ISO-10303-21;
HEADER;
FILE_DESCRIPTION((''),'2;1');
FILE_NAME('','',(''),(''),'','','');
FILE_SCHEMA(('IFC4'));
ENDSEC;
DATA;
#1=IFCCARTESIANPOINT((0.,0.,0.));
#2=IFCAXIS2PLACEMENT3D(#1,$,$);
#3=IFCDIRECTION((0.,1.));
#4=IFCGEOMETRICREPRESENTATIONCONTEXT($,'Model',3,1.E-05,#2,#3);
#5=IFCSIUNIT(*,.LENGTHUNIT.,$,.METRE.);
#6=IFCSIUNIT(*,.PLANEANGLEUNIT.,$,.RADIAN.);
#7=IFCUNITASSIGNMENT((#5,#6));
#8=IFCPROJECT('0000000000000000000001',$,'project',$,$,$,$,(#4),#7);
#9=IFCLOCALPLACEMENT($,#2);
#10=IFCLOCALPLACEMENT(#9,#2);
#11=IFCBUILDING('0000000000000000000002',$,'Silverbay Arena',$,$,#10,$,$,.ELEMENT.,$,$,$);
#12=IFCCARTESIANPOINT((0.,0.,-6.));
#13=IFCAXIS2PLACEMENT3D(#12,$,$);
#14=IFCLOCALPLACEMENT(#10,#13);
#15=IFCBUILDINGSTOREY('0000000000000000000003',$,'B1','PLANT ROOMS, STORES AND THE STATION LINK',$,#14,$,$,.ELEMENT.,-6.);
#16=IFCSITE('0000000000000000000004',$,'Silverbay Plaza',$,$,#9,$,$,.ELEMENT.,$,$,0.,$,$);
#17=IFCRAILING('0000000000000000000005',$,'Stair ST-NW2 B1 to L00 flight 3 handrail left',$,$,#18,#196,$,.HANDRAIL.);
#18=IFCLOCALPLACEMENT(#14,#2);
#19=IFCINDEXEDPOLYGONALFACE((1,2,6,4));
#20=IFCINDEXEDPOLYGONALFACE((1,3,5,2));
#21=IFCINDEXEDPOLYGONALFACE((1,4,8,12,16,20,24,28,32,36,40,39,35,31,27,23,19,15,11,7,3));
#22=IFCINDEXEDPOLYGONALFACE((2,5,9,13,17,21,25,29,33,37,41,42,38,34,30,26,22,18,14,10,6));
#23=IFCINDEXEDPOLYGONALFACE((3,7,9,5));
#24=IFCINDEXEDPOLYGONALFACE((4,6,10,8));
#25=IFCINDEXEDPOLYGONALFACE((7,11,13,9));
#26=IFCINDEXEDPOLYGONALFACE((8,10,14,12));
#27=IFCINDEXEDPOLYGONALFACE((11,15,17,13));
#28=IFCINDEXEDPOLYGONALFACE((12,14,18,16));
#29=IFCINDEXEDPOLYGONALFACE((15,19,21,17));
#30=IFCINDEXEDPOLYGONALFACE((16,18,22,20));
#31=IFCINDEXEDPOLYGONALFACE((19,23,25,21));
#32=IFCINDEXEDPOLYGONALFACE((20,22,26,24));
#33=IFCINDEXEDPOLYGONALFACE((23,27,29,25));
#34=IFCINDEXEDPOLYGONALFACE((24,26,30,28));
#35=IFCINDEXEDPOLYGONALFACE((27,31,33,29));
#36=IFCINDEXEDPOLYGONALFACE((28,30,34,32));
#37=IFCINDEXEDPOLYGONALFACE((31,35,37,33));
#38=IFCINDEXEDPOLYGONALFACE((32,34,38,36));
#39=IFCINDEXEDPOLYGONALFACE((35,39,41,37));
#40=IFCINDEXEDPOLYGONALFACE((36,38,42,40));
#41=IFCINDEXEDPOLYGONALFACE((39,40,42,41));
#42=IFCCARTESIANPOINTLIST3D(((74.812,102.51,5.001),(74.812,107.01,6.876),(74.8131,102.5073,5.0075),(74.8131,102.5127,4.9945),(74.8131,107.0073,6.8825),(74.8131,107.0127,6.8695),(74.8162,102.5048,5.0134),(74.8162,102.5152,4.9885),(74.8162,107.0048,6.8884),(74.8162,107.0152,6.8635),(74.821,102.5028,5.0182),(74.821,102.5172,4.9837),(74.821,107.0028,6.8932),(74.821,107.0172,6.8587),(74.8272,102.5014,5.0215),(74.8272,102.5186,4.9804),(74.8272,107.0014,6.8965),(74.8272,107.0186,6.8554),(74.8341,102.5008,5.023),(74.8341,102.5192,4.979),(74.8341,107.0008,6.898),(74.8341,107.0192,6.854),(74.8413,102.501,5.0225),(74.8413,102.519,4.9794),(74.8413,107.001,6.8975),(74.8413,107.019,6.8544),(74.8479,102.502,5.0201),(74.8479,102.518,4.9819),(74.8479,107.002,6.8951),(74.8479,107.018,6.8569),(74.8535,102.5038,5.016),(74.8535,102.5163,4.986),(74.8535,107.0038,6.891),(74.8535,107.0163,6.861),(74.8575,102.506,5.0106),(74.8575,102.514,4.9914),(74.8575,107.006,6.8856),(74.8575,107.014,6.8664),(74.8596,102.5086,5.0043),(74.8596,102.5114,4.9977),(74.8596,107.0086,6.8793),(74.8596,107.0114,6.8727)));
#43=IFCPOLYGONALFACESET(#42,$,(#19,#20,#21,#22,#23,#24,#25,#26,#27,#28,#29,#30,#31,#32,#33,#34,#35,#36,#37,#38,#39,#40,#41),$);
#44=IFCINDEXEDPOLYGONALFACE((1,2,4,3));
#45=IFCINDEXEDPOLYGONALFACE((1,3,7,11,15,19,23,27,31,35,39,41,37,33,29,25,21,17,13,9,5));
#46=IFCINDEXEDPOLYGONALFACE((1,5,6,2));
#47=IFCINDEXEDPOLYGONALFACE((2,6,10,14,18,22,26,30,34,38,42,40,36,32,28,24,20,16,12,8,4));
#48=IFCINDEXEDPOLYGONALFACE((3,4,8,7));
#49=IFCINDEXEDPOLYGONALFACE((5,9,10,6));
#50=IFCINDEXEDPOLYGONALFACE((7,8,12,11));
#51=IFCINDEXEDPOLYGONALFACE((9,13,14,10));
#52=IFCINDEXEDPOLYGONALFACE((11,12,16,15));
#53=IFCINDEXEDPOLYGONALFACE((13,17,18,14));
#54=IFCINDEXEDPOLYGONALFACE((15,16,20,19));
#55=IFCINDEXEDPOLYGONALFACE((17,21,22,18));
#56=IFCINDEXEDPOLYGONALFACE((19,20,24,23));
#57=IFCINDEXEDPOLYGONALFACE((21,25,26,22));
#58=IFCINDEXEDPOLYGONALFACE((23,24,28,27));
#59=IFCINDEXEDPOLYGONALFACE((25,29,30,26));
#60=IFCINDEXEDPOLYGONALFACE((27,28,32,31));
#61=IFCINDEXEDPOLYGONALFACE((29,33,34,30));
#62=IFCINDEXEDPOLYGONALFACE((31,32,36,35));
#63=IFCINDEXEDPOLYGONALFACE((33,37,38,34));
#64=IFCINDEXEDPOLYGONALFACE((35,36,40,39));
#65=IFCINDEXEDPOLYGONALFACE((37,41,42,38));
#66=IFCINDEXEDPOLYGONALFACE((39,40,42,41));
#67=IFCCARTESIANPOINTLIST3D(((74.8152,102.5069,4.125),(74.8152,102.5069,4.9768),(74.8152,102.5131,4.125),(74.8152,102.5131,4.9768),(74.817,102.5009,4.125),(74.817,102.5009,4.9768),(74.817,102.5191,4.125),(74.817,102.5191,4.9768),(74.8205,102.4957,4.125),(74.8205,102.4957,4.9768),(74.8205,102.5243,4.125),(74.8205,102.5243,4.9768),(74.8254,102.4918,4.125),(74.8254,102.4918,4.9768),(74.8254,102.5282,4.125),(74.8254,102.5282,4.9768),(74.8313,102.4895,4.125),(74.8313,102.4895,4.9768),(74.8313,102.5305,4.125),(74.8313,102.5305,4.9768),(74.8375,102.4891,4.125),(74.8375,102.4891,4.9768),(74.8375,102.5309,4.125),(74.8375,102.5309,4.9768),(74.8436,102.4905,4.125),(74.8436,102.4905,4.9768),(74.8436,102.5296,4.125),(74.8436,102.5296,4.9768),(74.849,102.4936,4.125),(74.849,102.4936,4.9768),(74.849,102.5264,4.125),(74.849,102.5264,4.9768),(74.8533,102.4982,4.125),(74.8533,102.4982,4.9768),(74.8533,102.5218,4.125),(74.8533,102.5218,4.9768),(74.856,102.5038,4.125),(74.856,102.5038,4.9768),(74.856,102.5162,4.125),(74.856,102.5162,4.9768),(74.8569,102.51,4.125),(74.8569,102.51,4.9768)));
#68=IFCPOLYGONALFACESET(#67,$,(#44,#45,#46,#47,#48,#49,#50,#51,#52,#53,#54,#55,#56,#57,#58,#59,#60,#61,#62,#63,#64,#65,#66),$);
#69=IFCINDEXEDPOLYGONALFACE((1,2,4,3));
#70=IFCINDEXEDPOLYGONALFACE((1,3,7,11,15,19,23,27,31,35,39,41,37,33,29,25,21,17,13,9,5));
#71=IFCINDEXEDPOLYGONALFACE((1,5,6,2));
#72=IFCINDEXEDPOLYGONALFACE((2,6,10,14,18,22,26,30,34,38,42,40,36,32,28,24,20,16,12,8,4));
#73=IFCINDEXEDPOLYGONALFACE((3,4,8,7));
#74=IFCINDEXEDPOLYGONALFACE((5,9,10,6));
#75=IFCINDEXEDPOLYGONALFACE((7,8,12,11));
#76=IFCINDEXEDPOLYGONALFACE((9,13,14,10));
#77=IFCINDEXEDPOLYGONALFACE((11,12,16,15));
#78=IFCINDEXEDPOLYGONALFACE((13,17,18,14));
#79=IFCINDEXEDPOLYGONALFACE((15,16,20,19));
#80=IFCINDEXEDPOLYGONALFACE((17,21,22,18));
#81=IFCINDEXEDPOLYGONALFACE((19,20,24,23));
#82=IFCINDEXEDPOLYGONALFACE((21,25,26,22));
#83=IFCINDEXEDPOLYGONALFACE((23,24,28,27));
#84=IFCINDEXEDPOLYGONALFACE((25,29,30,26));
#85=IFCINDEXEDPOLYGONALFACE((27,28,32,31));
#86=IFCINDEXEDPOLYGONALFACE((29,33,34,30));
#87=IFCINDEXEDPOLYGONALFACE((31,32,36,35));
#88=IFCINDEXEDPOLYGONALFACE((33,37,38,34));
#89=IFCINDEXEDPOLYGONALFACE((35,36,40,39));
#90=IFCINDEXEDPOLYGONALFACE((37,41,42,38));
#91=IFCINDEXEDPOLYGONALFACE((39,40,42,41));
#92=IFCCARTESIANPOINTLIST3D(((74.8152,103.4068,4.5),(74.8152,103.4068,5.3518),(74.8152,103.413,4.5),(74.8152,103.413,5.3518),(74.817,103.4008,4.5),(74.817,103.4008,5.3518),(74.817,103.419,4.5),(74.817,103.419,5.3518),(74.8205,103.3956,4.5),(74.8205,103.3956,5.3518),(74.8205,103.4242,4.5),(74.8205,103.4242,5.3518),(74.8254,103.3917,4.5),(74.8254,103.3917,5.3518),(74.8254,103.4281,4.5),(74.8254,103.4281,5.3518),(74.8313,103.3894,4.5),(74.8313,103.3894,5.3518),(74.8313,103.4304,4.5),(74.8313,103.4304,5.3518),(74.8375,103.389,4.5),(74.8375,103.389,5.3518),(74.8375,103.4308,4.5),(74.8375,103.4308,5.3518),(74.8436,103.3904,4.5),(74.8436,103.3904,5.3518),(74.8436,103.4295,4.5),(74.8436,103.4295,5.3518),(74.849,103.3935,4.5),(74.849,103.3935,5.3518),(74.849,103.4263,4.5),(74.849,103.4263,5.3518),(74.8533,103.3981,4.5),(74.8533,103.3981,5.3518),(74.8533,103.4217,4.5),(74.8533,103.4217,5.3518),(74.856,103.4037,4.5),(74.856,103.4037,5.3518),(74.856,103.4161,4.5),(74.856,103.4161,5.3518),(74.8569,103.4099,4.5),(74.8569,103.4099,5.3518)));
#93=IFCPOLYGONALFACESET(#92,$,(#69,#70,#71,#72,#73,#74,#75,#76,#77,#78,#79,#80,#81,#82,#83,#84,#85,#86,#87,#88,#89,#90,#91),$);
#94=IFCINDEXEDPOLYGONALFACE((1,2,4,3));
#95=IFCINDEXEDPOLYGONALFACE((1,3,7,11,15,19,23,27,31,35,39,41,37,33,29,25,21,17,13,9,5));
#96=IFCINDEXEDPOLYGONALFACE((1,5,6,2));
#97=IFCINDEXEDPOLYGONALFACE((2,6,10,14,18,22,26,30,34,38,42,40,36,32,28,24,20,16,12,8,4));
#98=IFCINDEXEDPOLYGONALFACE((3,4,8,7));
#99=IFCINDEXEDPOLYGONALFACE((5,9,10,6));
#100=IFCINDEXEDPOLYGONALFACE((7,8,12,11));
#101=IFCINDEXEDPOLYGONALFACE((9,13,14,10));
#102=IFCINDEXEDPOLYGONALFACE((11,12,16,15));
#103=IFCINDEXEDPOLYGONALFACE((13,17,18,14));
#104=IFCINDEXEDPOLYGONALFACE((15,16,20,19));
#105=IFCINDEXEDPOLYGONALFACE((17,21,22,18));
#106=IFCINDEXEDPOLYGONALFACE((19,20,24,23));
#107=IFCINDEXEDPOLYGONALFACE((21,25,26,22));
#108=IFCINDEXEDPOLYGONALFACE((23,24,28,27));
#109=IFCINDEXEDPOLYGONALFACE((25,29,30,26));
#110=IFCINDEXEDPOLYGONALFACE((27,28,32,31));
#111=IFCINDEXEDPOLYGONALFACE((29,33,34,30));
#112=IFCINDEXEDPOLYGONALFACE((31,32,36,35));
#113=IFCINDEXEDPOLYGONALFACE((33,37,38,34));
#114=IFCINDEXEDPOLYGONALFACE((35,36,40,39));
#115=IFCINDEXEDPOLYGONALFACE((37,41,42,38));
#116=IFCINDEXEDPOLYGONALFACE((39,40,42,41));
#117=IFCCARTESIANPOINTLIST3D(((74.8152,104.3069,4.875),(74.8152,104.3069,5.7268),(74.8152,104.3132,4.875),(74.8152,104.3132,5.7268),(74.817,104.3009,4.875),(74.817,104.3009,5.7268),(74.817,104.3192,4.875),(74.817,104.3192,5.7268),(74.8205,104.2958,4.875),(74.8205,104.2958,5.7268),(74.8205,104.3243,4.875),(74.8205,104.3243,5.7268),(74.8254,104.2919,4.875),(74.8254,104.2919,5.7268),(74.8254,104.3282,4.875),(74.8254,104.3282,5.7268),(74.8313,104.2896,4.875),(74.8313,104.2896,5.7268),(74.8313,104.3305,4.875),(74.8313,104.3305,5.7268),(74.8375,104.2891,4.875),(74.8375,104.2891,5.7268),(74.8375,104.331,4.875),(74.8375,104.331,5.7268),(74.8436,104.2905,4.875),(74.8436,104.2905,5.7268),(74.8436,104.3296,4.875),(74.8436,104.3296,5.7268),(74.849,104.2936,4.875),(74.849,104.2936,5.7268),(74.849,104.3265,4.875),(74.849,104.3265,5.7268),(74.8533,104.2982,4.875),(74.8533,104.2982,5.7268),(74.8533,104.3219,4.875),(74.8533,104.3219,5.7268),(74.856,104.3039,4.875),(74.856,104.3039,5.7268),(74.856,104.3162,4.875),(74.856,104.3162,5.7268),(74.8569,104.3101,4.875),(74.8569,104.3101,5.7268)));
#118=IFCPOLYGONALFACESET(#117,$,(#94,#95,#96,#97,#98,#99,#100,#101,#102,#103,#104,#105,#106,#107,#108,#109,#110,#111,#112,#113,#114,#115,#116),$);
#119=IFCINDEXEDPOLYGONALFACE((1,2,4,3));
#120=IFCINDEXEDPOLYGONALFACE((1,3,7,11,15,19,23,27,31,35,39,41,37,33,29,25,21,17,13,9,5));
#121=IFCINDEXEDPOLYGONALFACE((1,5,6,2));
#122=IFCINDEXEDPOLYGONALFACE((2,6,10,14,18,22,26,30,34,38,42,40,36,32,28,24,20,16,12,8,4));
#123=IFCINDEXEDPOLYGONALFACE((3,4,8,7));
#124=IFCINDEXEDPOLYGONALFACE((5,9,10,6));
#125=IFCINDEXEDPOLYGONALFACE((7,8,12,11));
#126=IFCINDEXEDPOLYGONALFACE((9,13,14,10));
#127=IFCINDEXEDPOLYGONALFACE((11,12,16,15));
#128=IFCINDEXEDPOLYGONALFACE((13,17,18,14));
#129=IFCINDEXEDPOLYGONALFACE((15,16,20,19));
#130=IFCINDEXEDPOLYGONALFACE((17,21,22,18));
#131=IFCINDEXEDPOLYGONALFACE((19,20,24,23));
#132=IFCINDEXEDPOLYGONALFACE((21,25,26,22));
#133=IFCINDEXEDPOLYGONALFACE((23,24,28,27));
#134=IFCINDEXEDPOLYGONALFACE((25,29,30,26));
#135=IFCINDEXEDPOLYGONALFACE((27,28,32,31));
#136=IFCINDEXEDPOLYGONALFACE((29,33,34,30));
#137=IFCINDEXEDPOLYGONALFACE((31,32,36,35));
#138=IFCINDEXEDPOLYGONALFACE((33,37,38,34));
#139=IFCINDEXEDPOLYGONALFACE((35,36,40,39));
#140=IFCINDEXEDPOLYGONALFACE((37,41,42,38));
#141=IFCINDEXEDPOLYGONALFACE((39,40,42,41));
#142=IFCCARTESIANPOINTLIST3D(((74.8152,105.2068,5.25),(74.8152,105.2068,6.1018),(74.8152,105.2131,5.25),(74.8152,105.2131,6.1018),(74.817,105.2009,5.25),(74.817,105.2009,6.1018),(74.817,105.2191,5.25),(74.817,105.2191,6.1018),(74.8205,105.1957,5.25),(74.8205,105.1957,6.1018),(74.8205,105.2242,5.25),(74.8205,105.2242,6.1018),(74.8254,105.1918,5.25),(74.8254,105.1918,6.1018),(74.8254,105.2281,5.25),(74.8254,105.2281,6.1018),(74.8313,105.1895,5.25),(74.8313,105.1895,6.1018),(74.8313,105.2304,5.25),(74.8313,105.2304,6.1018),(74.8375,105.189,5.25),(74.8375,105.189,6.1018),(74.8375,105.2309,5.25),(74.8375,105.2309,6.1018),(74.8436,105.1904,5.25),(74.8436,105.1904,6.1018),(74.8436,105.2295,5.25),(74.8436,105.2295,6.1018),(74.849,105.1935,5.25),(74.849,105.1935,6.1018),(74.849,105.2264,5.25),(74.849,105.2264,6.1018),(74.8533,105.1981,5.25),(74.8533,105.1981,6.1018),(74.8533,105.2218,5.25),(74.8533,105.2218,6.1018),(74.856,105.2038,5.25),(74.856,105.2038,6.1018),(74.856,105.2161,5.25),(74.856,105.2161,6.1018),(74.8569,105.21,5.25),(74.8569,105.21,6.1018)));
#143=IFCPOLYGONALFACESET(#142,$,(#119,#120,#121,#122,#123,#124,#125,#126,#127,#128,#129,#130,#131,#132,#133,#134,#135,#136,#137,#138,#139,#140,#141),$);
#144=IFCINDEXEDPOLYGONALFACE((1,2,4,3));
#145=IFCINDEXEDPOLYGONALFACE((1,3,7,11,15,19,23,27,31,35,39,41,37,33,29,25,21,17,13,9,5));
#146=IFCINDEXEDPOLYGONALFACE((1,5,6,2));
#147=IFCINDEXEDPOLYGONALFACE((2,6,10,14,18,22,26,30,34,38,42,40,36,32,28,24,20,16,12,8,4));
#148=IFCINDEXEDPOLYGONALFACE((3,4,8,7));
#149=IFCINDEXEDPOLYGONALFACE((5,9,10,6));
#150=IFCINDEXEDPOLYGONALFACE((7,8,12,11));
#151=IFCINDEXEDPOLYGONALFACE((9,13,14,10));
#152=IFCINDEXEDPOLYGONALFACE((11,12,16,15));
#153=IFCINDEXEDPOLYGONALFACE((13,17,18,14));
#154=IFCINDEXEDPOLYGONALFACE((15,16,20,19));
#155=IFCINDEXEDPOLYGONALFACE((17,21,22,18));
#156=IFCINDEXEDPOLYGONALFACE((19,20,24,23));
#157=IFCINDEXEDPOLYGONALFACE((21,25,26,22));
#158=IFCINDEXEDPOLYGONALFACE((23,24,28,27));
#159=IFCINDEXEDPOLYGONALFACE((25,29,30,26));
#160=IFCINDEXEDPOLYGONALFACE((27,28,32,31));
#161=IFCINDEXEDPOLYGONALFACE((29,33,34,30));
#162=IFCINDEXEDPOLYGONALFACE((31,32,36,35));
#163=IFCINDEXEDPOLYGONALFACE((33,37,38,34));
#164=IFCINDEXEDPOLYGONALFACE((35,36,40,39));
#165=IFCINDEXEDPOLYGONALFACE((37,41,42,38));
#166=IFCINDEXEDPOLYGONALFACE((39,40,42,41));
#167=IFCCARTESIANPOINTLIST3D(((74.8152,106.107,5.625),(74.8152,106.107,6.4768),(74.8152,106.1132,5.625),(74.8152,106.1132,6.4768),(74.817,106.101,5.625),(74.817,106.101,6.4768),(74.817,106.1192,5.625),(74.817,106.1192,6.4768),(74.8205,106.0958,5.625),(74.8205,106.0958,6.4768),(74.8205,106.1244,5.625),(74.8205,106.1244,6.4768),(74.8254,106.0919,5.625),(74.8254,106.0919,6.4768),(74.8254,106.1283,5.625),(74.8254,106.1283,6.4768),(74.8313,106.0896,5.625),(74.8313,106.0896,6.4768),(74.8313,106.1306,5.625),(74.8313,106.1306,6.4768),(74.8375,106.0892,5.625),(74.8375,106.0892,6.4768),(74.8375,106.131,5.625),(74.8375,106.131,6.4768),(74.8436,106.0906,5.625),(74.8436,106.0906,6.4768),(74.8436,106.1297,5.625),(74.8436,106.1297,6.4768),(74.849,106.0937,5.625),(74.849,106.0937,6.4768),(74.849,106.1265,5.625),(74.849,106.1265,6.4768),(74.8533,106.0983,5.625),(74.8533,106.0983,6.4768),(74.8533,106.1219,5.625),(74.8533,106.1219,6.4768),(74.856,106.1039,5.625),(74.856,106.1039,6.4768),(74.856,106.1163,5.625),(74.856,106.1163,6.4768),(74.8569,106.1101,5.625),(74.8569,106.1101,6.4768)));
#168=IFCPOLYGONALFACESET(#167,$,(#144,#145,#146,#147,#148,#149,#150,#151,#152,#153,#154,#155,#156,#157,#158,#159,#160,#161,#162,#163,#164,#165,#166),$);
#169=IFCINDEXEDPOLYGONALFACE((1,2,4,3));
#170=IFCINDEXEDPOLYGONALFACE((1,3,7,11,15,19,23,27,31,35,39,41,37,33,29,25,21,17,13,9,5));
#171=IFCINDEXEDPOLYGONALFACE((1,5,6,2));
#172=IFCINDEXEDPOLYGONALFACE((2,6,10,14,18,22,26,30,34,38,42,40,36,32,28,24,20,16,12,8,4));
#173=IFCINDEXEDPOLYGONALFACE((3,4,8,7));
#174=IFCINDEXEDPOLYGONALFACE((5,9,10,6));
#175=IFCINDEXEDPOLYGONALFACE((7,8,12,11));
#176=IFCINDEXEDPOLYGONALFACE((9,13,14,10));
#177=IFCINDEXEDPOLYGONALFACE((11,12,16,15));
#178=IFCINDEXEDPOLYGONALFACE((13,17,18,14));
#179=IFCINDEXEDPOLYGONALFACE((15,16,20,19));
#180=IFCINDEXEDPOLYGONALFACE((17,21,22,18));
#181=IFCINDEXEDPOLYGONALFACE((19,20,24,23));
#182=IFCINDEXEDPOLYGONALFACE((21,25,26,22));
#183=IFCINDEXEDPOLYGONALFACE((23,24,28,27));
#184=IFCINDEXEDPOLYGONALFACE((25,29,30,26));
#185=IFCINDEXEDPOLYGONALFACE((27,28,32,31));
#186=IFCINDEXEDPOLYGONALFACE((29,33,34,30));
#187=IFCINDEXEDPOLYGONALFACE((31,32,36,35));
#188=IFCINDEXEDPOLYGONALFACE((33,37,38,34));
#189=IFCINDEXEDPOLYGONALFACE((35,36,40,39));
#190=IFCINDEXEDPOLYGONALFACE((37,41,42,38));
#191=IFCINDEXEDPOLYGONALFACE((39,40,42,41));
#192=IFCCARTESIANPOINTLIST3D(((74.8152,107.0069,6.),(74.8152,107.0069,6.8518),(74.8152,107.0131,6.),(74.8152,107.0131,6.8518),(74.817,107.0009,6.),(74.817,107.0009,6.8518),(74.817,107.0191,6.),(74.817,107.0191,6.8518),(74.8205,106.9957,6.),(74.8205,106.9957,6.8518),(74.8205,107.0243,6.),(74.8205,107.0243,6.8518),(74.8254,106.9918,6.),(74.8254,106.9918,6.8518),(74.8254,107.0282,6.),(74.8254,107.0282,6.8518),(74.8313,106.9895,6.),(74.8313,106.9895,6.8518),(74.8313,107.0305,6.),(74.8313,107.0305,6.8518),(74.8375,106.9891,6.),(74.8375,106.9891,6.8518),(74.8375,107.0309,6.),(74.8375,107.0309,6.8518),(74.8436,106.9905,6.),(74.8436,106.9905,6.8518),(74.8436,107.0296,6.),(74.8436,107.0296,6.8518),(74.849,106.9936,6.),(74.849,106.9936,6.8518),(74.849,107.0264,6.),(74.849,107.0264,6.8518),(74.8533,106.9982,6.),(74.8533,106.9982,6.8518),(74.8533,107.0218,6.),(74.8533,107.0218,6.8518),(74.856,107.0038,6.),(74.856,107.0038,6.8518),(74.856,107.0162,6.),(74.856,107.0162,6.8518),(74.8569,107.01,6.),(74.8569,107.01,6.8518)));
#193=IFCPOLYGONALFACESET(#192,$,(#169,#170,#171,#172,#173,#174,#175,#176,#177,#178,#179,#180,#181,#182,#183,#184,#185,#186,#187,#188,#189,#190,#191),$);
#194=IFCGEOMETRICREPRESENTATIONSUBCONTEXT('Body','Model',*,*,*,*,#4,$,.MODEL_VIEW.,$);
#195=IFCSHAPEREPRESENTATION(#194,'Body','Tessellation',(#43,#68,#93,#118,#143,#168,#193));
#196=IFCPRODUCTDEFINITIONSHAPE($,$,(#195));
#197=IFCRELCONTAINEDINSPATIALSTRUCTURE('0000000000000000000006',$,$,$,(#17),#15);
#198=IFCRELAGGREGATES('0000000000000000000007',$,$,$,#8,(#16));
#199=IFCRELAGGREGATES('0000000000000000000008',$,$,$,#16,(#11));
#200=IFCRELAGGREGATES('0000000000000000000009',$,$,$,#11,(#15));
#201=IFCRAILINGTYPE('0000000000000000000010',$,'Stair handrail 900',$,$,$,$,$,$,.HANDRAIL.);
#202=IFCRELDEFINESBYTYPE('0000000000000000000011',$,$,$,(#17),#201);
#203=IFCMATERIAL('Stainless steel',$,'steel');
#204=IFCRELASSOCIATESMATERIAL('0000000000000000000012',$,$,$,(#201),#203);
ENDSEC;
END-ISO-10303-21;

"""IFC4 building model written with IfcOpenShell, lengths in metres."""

from ifc_helpers import new_model, si_unit, direction, frame, origin, origin_2d, place, context, subcontext, project, spatial, circle, extrude, material, type_object, element, save


model = new_model("IFC4")

# Units and contexts
model_context = context("Model", 3, precision=1e-05, world=origin(), true_north=direction((0.0, 1.0)))
body_context = subcontext(model_context, "Body", "Model", "MODEL_VIEW")
ifc_project = project(units=[si_unit("LENGTHUNIT", "METRE"), si_unit("PLANEANGLEUNIT", "RADIAN")], contexts=[model_context])

# Site, building, storey
site_placement = place(None, origin())
site = spatial("IfcSite", under=ifc_project, at=site_placement, Name="Silverbay Plaza", CompositionType="ELEMENT", RefElevation=0.0)
building_placement = place(site_placement, origin())
building = spatial("IfcBuilding", under=site, at=building_placement, Name="Silverbay Arena", CompositionType="ELEMENT")
storey_placement = place(building_placement, frame((0.0, 0.0, -6.0)))
storey = spatial("IfcBuildingStorey", under=building, at=storey_placement, Name="B1", Description="PLANT ROOMS, STORES AND THE STATION LINK", CompositionType="ELEMENT", Elevation=-6.0)

# Railing
ifc_material_1 = material(Name="Stainless steel", Category="steel")
railing_type_1 = type_object("IfcRailingType", Name="Stair handrail 900", PredefinedType="HANDRAIL", material=ifc_material_1)
railing_1_placement = place(storey_placement, frame((74.8359, 102.51, 4.125)))
element("IfcRailing", 1, at=railing_1_placement, inside=storey, type_object=railing_type_1, Name="Stair ST-NW2 B1 to L00 flight 3 handrail left", PredefinedType="HANDRAIL", context=body_context, shape_type="SweptSolid", body=[
    extrude(circle(Radius=0.0239, at=origin_2d()), frame((0.0, 0.0, 0.876), z_axis=(0.0, 0.923077, 0.384615), x_axis=(-1.0, 0.0, 0.0)), (0.0, 0.0, 1.0), 4.875),
    extrude(circle(Radius=0.021, at=origin_2d()), origin(), (0.0, 0.0, 1.0), 0.8518),
    extrude(circle(Radius=0.021, at=origin_2d()), frame((0.0, 0.8999, 0.375)), (0.0, 0.0, 1.0), 0.8518),
    extrude(circle(Radius=0.021, at=origin_2d()), frame((0.0, 1.8, 0.75)), (0.0, 0.0, 1.0), 0.8518),
    extrude(circle(Radius=0.021, at=origin_2d()), frame((0.0, 2.7, 1.125)), (0.0, 0.0, 1.0), 0.8518),
    extrude(circle(Radius=0.021, at=origin_2d()), frame((0.0, 3.6001, 1.5)), (0.0, 0.0, 1.0), 0.8518),
    extrude(circle(Radius=0.021, at=origin_2d()), frame((0.0, 4.5, 1.875)), (0.0, 0.0, 1.0), 0.8518),
])

save(model, "model.ifc")
